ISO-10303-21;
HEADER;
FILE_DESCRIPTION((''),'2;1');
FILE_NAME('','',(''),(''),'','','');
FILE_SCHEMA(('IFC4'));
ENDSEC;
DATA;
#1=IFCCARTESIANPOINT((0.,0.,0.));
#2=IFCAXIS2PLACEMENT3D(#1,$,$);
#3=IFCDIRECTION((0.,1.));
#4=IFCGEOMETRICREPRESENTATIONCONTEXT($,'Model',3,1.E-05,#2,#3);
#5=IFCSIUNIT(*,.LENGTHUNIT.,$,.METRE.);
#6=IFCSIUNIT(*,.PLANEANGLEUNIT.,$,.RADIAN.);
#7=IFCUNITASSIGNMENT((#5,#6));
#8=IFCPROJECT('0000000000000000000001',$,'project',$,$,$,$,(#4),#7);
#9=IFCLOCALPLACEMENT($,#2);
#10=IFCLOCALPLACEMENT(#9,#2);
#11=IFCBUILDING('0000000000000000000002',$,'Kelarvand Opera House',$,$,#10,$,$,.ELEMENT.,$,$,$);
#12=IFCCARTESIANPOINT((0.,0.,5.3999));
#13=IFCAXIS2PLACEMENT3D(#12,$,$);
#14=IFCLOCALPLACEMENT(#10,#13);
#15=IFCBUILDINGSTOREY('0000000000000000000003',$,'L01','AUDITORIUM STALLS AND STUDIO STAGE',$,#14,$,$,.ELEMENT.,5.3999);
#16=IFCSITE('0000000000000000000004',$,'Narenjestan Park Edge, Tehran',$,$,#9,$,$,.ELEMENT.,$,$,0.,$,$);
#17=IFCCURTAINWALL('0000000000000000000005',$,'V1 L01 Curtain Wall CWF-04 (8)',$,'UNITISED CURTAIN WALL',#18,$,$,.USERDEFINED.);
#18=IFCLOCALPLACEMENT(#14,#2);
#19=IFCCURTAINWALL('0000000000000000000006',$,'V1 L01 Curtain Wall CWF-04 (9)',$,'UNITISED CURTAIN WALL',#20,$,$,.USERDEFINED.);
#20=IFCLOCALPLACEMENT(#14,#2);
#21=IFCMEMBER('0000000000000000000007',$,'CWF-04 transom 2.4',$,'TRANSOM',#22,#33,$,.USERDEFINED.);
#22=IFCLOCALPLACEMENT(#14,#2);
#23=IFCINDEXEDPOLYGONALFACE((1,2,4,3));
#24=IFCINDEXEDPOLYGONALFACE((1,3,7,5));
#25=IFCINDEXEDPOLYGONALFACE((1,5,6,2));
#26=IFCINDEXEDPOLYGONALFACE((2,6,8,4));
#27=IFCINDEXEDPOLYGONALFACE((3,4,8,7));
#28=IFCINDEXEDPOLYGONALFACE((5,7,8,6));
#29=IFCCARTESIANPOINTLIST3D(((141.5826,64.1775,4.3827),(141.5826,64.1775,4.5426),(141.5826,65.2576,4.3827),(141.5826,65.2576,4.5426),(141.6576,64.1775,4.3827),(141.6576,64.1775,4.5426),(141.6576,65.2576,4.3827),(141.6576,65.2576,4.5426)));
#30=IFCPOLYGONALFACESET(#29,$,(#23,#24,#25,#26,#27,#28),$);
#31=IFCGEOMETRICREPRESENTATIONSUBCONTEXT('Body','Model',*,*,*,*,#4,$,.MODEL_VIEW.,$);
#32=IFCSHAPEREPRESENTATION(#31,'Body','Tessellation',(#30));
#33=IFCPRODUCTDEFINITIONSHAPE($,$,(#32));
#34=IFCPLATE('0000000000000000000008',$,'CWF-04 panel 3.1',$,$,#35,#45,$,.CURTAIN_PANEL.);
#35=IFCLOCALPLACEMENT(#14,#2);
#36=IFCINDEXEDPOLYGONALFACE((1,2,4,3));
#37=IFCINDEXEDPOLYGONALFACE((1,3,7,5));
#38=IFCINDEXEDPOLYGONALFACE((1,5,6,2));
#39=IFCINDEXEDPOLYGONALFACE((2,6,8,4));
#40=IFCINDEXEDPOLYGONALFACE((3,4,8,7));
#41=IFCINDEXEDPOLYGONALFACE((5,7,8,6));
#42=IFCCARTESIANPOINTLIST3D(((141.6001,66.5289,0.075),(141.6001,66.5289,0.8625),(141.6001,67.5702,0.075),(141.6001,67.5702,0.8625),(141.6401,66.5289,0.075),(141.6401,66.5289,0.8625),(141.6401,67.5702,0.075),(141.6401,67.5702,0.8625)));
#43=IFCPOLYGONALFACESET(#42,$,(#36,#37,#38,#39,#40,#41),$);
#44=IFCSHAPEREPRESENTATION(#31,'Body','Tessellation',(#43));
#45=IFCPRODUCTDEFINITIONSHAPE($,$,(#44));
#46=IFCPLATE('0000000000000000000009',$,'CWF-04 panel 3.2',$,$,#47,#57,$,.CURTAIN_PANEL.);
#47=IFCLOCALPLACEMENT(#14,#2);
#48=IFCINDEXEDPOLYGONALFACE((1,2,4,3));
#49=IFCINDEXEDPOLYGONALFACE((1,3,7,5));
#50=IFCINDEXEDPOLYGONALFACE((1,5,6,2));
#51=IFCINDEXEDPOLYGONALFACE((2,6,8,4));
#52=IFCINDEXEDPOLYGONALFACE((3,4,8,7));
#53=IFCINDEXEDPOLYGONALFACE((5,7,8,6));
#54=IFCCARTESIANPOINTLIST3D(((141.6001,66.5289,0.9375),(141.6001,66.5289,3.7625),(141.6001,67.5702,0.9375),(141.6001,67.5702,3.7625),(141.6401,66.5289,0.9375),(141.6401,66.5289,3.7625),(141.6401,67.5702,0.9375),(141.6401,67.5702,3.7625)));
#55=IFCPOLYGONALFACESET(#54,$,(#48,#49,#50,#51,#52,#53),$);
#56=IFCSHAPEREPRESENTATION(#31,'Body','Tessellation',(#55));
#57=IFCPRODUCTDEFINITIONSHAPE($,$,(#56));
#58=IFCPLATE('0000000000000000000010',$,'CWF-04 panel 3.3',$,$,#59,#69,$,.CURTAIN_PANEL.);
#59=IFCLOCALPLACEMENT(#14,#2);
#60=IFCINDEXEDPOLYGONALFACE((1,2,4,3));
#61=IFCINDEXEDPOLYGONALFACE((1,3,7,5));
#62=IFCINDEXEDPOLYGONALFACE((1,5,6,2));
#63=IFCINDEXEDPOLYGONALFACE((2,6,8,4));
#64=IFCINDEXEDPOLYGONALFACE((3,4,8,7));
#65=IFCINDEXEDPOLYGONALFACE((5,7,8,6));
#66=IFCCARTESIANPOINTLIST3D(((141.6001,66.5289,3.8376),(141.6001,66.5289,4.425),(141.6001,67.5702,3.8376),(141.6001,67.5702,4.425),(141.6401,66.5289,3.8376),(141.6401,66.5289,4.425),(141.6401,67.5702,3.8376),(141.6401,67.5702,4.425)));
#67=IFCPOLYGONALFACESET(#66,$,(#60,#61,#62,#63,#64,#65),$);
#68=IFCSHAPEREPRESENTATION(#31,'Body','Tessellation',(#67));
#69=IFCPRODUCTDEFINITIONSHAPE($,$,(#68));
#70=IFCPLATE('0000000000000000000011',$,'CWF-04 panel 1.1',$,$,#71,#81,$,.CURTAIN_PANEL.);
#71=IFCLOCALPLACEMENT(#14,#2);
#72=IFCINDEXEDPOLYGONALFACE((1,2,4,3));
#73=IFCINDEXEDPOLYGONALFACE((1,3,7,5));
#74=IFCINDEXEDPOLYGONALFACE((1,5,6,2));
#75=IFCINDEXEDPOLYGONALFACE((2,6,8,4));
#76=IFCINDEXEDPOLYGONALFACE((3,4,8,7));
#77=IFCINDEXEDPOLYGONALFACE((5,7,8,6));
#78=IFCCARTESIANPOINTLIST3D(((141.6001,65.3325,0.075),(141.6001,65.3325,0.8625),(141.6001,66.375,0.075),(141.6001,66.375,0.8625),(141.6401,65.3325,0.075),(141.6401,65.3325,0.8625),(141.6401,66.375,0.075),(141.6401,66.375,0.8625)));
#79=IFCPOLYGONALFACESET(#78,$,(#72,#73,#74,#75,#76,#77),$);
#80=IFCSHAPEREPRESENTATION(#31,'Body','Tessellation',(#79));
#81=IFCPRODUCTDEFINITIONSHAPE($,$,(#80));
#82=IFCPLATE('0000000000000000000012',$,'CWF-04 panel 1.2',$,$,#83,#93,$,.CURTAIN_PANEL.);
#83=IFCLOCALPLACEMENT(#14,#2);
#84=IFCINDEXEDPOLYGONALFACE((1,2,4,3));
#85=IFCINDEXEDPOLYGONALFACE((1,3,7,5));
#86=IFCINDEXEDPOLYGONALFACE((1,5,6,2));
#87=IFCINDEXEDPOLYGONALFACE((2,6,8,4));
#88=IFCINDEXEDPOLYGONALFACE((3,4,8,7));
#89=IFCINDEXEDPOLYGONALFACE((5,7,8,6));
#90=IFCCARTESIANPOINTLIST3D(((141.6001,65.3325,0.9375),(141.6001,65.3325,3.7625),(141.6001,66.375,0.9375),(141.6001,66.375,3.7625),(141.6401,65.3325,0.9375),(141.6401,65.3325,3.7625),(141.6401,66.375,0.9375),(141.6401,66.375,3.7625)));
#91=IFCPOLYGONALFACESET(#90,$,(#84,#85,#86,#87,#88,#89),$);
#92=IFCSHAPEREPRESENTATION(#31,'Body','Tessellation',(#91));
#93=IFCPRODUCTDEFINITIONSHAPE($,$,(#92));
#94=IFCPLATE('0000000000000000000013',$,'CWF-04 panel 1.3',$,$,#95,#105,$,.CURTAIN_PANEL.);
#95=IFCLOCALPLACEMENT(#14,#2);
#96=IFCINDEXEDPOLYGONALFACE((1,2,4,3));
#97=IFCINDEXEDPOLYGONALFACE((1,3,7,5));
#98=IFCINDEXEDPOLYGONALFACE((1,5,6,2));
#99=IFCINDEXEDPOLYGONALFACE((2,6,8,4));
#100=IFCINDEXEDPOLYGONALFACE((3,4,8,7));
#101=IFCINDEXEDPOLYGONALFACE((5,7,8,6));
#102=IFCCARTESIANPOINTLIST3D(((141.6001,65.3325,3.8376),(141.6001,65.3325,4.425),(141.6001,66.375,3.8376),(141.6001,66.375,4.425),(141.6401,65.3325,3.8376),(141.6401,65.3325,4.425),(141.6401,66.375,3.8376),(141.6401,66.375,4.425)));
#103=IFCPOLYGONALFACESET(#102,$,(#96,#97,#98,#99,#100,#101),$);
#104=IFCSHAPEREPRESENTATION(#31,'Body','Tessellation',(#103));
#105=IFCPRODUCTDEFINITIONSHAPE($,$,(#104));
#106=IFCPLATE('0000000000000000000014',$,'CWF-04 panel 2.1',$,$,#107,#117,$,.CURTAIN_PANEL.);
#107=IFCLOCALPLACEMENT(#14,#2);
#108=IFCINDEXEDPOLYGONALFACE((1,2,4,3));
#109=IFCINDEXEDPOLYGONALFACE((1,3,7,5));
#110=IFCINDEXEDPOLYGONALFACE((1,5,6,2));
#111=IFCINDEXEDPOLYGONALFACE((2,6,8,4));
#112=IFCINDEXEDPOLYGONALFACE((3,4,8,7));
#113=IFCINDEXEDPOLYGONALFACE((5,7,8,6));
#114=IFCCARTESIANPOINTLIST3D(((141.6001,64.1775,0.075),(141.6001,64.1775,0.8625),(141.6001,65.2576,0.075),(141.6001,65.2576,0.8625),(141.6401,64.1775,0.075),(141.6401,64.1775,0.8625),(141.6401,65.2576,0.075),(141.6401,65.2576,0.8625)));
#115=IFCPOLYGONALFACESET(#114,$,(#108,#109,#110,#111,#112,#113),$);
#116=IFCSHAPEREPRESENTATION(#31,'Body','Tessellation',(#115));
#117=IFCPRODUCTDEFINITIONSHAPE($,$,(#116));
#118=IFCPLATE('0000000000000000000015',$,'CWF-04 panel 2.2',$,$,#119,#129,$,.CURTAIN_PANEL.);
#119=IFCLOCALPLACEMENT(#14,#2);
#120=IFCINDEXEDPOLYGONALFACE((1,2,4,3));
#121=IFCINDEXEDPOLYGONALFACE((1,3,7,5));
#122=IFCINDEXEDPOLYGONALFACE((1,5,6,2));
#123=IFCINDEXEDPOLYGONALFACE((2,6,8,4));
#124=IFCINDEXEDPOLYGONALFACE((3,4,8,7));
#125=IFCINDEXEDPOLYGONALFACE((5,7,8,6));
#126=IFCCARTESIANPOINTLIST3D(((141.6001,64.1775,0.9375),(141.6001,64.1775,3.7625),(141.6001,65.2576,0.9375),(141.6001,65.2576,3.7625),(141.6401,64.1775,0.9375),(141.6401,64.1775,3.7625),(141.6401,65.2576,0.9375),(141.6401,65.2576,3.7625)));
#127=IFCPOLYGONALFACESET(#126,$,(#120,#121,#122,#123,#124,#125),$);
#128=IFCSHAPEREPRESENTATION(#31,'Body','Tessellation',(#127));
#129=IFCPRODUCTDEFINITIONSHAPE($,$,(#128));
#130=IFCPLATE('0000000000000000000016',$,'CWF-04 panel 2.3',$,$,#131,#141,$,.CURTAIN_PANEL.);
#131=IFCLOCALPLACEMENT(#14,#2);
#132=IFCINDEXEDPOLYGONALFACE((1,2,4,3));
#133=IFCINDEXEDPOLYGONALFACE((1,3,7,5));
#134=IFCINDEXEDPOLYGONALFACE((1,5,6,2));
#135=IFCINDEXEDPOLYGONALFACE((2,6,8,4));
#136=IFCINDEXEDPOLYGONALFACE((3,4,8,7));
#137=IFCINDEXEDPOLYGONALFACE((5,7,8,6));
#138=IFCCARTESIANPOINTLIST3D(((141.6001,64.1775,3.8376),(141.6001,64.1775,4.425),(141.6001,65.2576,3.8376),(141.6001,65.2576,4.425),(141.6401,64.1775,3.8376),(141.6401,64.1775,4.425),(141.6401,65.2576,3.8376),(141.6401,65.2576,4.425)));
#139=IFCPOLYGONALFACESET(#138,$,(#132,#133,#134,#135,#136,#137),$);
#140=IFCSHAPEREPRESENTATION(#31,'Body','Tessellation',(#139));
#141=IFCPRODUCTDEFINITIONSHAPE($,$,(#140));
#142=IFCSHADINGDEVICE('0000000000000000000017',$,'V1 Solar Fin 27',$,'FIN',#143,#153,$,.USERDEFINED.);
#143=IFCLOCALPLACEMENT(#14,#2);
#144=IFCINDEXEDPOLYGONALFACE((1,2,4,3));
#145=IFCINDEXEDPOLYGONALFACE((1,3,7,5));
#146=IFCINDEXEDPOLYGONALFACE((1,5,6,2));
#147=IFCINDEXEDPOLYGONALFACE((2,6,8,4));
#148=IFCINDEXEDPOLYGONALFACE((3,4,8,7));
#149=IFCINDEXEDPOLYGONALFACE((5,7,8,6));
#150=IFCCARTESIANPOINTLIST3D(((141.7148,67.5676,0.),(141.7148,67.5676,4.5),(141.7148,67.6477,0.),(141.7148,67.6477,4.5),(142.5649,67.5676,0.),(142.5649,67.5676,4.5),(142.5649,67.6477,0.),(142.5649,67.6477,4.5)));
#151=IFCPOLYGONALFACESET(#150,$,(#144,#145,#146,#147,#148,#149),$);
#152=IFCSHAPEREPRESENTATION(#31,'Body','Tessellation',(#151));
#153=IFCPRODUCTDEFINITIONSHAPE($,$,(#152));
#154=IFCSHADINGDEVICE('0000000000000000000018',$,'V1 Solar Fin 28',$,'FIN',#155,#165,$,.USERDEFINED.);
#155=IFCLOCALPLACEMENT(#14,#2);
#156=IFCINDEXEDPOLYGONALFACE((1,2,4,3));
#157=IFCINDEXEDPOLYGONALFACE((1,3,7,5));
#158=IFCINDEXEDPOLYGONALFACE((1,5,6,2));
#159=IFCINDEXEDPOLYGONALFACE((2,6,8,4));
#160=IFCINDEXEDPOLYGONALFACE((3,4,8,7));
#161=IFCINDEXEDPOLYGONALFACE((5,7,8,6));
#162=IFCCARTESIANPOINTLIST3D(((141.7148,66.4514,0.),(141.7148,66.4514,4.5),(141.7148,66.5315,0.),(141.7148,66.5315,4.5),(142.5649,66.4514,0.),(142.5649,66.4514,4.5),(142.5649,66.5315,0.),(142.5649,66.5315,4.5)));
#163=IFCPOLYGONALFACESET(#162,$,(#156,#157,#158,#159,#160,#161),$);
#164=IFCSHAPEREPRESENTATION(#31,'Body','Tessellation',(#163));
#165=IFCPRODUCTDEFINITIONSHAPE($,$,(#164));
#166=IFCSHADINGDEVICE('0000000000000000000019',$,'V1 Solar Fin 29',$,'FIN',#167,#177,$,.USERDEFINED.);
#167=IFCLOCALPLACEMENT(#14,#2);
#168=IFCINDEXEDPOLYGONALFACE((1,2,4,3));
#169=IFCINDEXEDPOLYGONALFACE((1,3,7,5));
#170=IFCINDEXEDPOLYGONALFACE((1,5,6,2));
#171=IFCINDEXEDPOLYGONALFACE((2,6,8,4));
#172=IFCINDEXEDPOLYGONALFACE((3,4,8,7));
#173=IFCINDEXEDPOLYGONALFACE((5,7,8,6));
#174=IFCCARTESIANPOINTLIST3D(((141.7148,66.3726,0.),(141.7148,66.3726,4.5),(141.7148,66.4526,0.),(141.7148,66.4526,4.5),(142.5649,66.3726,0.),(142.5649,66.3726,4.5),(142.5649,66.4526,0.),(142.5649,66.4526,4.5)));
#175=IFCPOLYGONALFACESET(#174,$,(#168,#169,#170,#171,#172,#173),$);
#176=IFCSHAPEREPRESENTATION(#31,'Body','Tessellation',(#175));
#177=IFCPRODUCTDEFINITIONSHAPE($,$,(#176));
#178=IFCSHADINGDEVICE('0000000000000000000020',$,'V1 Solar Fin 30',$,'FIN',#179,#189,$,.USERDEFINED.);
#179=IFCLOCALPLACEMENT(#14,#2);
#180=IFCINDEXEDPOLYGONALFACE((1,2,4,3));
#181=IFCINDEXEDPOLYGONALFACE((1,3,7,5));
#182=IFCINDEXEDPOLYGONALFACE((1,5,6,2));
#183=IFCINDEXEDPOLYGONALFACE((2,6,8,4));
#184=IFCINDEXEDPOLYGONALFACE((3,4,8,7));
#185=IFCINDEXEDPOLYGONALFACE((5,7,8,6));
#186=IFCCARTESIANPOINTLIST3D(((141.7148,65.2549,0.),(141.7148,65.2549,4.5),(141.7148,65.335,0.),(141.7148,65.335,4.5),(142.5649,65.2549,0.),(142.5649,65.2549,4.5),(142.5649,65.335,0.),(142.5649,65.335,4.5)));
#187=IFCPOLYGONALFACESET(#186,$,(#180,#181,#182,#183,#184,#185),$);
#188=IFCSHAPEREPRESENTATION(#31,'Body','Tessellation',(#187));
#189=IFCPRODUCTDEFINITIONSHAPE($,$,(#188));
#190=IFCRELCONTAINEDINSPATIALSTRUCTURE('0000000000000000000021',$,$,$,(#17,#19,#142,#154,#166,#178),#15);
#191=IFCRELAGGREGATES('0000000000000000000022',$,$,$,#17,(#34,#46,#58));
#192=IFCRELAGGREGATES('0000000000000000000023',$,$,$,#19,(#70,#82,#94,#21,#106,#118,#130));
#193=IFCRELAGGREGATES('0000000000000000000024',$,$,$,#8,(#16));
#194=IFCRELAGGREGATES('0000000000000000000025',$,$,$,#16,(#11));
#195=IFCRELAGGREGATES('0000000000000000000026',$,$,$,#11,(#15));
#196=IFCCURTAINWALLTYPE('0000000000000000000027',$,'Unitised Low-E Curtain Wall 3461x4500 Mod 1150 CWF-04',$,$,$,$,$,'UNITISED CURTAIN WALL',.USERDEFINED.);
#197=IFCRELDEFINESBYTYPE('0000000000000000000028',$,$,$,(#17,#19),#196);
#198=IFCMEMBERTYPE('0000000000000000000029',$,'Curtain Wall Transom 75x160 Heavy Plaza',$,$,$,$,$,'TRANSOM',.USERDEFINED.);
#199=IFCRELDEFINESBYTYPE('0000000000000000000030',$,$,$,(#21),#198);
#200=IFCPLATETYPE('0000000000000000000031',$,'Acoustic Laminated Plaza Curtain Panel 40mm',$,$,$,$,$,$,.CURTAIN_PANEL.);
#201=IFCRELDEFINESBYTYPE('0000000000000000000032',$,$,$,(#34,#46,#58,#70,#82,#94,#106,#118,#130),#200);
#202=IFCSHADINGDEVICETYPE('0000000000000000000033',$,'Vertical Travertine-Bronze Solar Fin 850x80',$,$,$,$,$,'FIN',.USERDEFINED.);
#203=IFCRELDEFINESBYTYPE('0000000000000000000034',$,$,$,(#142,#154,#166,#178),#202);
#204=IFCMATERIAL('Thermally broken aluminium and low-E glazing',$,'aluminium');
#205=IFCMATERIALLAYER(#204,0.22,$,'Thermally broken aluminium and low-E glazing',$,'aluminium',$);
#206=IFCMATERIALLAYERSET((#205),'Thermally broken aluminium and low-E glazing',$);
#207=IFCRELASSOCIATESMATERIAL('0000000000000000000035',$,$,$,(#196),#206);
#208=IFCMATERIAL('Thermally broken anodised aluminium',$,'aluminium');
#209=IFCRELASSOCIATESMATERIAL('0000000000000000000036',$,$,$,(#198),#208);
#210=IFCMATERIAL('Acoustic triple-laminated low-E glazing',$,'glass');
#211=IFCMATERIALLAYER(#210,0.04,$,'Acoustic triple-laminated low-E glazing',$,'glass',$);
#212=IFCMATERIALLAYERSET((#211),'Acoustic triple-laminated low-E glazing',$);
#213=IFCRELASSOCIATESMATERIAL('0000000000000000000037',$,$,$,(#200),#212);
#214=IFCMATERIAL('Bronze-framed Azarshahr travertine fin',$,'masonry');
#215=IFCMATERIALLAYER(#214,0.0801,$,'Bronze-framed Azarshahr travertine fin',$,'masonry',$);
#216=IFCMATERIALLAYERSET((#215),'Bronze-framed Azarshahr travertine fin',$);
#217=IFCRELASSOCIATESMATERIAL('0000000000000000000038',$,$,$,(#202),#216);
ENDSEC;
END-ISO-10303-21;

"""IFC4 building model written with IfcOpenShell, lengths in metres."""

from ifc_helpers import new_model, si_unit, direction, frame, origin, origin_2d, place, context, subcontext, project, spatial, rectangle, extrude, material, layer, layer_set, material_profile, profile_set, type_object, element, aggregate, save


model = new_model("IFC4")

# Units and contexts
model_context = context("Model", 3, precision=1e-05, world=origin(), true_north=direction((0.0, 1.0)))
body_context = subcontext(model_context, "Body", "Model", "MODEL_VIEW")
ifc_project = project(units=[si_unit("LENGTHUNIT", "METRE"), si_unit("PLANEANGLEUNIT", "RADIAN")], contexts=[model_context])

# Site, building, storey
site_placement = place(None, origin())
site = spatial("IfcSite", under=ifc_project, at=site_placement, Name="Narenjestan Park Edge, Tehran", CompositionType="ELEMENT", RefElevation=0.0)
building_placement = place(site_placement, origin())
building = spatial("IfcBuilding", under=site, at=building_placement, Name="Kelarvand Opera House", CompositionType="ELEMENT")
storey_placement = place(building_placement, frame((0.0, 0.0, 5.3999)))
storey = spatial("IfcBuildingStorey", under=building, at=storey_placement, Name="L01", Description="AUDITORIUM STALLS AND STUDIO STAGE", CompositionType="ELEMENT", Elevation=5.3999)

# Curtain walls
ifc_material_1 = material(Name="Thermally broken aluminium and low-E glazing", Category="aluminium")
ifc_layer_1 = layer(ifc_material_1, 0.22, Name="Thermally broken aluminium and low-E glazing", Category="aluminium")
ifc_layer_set_1 = layer_set([ifc_layer_1], Name="Thermally broken aluminium and low-E glazing")
curtain_wall_type = type_object("IfcCurtainWallType", Name="Unitised Low-E Curtain Wall 3461x4500 Mod 1150 CWF-04", ElementType="UNITISED CURTAIN WALL", PredefinedType="USERDEFINED", material=ifc_layer_set_1)
curtain_wall_1_placement = place(storey_placement, origin())
curtain_wall_1 = element("IfcCurtainWall", 1, at=curtain_wall_1_placement, inside=storey, type_object=curtain_wall_type, Name="V1 L01 Curtain Wall CWF-04 (8)", ObjectType="UNITISED CURTAIN WALL", PredefinedType="USERDEFINED")
ifc_material_2 = material(Name="Thermally broken anodised aluminium", Category="aluminium")
curtain_wall_2_placement = place(storey_placement, origin())
curtain_wall_2 = element("IfcCurtainWall", 2, at=curtain_wall_2_placement, inside=storey, type_object=curtain_wall_type, Name="V1 L01 Curtain Wall CWF-04 (9)", ObjectType="UNITISED CURTAIN WALL", PredefinedType="USERDEFINED")

# Member
ifc_material_profile_1 = material_profile(ifc_material_2, rectangle(XDim=0.075, YDim=0.1599, at=origin_2d()), Name="ALU TRANSOM 75x160", Category="aluminium")
ifc_profile_set_1 = profile_set([ifc_material_profile_1], Name="Thermally broken anodised aluminium")
member_type_1 = type_object("IfcMemberType", Name="Curtain Wall Transom 75x160 Heavy Plaza", ElementType="TRANSOM", PredefinedType="USERDEFINED", material=ifc_profile_set_1)
member_1_placement = place(storey_placement, frame((141.6201, 65.2576, 4.4626), z_axis=(0.0, -1.0, 0.0), x_axis=(1.0, 0.0, 0.0)))
member_1 = element("IfcMember", 3, at=member_1_placement, type_object=member_type_1, Name="CWF-04 transom 2.4", ObjectType="TRANSOM", PredefinedType="USERDEFINED", context=body_context, shape_type="SweptSolid", body=[
    extrude(rectangle(XDim=0.075, YDim=0.1599, at=origin_2d()), origin(), (0.0, 0.0, 1.0), 1.0801),
])

# Plates
ifc_material_3 = material(Name="Acoustic triple-laminated low-E glazing", Category="glass")
ifc_layer_2 = layer(ifc_material_3, 0.04, Name="Acoustic triple-laminated low-E glazing", Category="glass")
ifc_layer_set_2 = layer_set([ifc_layer_2], Name="Acoustic triple-laminated low-E glazing")
plate_type = type_object("IfcPlateType", Name="Acoustic Laminated Plaza Curtain Panel 40mm", PredefinedType="CURTAIN_PANEL", material=ifc_layer_set_2)
plate_1_placement = place(storey_placement, frame((141.6201, 67.0496, 0.075), z_axis=(0.0, 0.0, 1.0), x_axis=(0.0, -1.0, 0.0)))
plate_1 = element("IfcPlate", 4, at=plate_1_placement, type_object=plate_type, Name="CWF-04 panel 3.1", PredefinedType="CURTAIN_PANEL", context=body_context, shape_type="SweptSolid", body=[
    extrude(rectangle(XDim=1.0413, YDim=0.04, at=origin_2d()), origin(), (0.0, 0.0, 1.0), 0.7876),
])
plate_2_placement = place(storey_placement, frame((141.6201, 67.0496, 0.9375), z_axis=(0.0, 0.0, 1.0), x_axis=(0.0, -1.0, 0.0)))
plate_2 = element("IfcPlate", 5, at=plate_2_placement, type_object=plate_type, Name="CWF-04 panel 3.2", PredefinedType="CURTAIN_PANEL", context=body_context, shape_type="SweptSolid", body=[
    extrude(rectangle(XDim=1.0413, YDim=0.04, at=origin_2d()), origin(), (0.0, 0.0, 1.0), 2.825),
])
plate_3_placement = place(storey_placement, frame((141.6201, 67.0496, 3.8376), z_axis=(0.0, 0.0, 1.0), x_axis=(0.0, -1.0, 0.0)))
plate_3 = element("IfcPlate", 6, at=plate_3_placement, type_object=plate_type, Name="CWF-04 panel 3.3", PredefinedType="CURTAIN_PANEL", context=body_context, shape_type="SweptSolid", body=[
    extrude(rectangle(XDim=1.0413, YDim=0.04, at=origin_2d()), origin(), (0.0, 0.0, 1.0), 0.5874),
])
aggregate(curtain_wall_1, [plate_1, plate_2, plate_3])
plate_4_placement = place(storey_placement, frame((141.6201, 65.8538, 0.075), z_axis=(0.0, 0.0, 1.0), x_axis=(0.0, -1.0, 0.0)))
plate_4 = element("IfcPlate", 7, at=plate_4_placement, type_object=plate_type, Name="CWF-04 panel 1.1", PredefinedType="CURTAIN_PANEL", context=body_context, shape_type="SweptSolid", body=[
    extrude(rectangle(XDim=1.0425, YDim=0.04, at=origin_2d()), origin(), (0.0, 0.0, 1.0), 0.7876),
])
plate_5_placement = place(storey_placement, frame((141.6201, 65.8538, 0.9375), z_axis=(0.0, 0.0, 1.0), x_axis=(0.0, -1.0, 0.0)))
plate_5 = element("IfcPlate", 8, at=plate_5_placement, type_object=plate_type, Name="CWF-04 panel 1.2", PredefinedType="CURTAIN_PANEL", context=body_context, shape_type="SweptSolid", body=[
    extrude(rectangle(XDim=1.0425, YDim=0.04, at=origin_2d()), origin(), (0.0, 0.0, 1.0), 2.825),
])
plate_6_placement = place(storey_placement, frame((141.6201, 65.8538, 3.8376), z_axis=(0.0, 0.0, 1.0), x_axis=(0.0, -1.0, 0.0)))
plate_6 = element("IfcPlate", 9, at=plate_6_placement, type_object=plate_type, Name="CWF-04 panel 1.3", PredefinedType="CURTAIN_PANEL", context=body_context, shape_type="SweptSolid", body=[
    extrude(rectangle(XDim=1.0425, YDim=0.04, at=origin_2d()), origin(), (0.0, 0.0, 1.0), 0.5874),
])
plate_7_placement = place(storey_placement, frame((141.6201, 64.7175, 0.075), z_axis=(0.0, 0.0, 1.0), x_axis=(0.0, -1.0, 0.0)))
plate_7 = element("IfcPlate", 10, at=plate_7_placement, type_object=plate_type, Name="CWF-04 panel 2.1", PredefinedType="CURTAIN_PANEL", context=body_context, shape_type="SweptSolid", body=[
    extrude(rectangle(XDim=1.0801, YDim=0.04, at=origin_2d()), origin(), (0.0, 0.0, 1.0), 0.7876),
])
plate_8_placement = place(storey_placement, frame((141.6201, 64.7175, 0.9375), z_axis=(0.0, 0.0, 1.0), x_axis=(0.0, -1.0, 0.0)))
plate_8 = element("IfcPlate", 11, at=plate_8_placement, type_object=plate_type, Name="CWF-04 panel 2.2", PredefinedType="CURTAIN_PANEL", context=body_context, shape_type="SweptSolid", body=[
    extrude(rectangle(XDim=1.0801, YDim=0.04, at=origin_2d()), origin(), (0.0, 0.0, 1.0), 2.825),
])
plate_9_placement = place(storey_placement, frame((141.6201, 64.7175, 3.8376), z_axis=(0.0, 0.0, 1.0), x_axis=(0.0, -1.0, 0.0)))
plate_9 = element("IfcPlate", 12, at=plate_9_placement, type_object=plate_type, Name="CWF-04 panel 2.3", PredefinedType="CURTAIN_PANEL", context=body_context, shape_type="SweptSolid", body=[
    extrude(rectangle(XDim=1.0801, YDim=0.04, at=origin_2d()), origin(), (0.0, 0.0, 1.0), 0.5874),
])
aggregate(curtain_wall_2, [plate_4, plate_5, plate_6, member_1, plate_7, plate_8, plate_9])

# Shading devices
ifc_material_4 = material(Name="Bronze-framed Azarshahr travertine fin", Category="masonry")
ifc_layer_3 = layer(ifc_material_4, 0.0801, Name="Bronze-framed Azarshahr travertine fin", Category="masonry")
ifc_layer_set_3 = layer_set([ifc_layer_3], Name="Bronze-framed Azarshahr travertine fin")
shading_device_type = type_object("IfcShadingDeviceType", Name="Vertical Travertine-Bronze Solar Fin 850x80", ElementType="FIN", PredefinedType="USERDEFINED", material=ifc_layer_set_3)
for number, where, z_axis, x_axis, name in (
    (13, (142.1399, 67.6077, 0.0), (0.0, 0.0, 1.0), (1.0, 0.0, 0.0), "V1 Solar Fin 27"),
    (14, (142.1399, 66.4915, 0.0), (0.0, 0.0, 1.0), (1.0, 0.0, 0.0), "V1 Solar Fin 28"),
    (15, (142.1399, 66.4126, 0.0), (0.0, 0.0, 1.0), (1.0, 0.0, 0.0), "V1 Solar Fin 29"),
    (16, (142.1399, 65.2949, 0.0), (0.0, 0.0, 1.0), (1.0, 0.0, 0.0), "V1 Solar Fin 30"),
):
    element("IfcShadingDevice", number, at=place(storey_placement, frame(where, z_axis=z_axis, x_axis=x_axis)), inside=storey, type_object=shading_device_type, Name=name, ObjectType="FIN", PredefinedType="USERDEFINED", context=body_context, shape_type="SweptSolid", body=[
        extrude(rectangle(XDim=0.8501, YDim=0.0801, at=origin_2d()), origin(), (0.0, 0.0, 1.0), 4.5),
    ])

save(model, "model.ifc")
